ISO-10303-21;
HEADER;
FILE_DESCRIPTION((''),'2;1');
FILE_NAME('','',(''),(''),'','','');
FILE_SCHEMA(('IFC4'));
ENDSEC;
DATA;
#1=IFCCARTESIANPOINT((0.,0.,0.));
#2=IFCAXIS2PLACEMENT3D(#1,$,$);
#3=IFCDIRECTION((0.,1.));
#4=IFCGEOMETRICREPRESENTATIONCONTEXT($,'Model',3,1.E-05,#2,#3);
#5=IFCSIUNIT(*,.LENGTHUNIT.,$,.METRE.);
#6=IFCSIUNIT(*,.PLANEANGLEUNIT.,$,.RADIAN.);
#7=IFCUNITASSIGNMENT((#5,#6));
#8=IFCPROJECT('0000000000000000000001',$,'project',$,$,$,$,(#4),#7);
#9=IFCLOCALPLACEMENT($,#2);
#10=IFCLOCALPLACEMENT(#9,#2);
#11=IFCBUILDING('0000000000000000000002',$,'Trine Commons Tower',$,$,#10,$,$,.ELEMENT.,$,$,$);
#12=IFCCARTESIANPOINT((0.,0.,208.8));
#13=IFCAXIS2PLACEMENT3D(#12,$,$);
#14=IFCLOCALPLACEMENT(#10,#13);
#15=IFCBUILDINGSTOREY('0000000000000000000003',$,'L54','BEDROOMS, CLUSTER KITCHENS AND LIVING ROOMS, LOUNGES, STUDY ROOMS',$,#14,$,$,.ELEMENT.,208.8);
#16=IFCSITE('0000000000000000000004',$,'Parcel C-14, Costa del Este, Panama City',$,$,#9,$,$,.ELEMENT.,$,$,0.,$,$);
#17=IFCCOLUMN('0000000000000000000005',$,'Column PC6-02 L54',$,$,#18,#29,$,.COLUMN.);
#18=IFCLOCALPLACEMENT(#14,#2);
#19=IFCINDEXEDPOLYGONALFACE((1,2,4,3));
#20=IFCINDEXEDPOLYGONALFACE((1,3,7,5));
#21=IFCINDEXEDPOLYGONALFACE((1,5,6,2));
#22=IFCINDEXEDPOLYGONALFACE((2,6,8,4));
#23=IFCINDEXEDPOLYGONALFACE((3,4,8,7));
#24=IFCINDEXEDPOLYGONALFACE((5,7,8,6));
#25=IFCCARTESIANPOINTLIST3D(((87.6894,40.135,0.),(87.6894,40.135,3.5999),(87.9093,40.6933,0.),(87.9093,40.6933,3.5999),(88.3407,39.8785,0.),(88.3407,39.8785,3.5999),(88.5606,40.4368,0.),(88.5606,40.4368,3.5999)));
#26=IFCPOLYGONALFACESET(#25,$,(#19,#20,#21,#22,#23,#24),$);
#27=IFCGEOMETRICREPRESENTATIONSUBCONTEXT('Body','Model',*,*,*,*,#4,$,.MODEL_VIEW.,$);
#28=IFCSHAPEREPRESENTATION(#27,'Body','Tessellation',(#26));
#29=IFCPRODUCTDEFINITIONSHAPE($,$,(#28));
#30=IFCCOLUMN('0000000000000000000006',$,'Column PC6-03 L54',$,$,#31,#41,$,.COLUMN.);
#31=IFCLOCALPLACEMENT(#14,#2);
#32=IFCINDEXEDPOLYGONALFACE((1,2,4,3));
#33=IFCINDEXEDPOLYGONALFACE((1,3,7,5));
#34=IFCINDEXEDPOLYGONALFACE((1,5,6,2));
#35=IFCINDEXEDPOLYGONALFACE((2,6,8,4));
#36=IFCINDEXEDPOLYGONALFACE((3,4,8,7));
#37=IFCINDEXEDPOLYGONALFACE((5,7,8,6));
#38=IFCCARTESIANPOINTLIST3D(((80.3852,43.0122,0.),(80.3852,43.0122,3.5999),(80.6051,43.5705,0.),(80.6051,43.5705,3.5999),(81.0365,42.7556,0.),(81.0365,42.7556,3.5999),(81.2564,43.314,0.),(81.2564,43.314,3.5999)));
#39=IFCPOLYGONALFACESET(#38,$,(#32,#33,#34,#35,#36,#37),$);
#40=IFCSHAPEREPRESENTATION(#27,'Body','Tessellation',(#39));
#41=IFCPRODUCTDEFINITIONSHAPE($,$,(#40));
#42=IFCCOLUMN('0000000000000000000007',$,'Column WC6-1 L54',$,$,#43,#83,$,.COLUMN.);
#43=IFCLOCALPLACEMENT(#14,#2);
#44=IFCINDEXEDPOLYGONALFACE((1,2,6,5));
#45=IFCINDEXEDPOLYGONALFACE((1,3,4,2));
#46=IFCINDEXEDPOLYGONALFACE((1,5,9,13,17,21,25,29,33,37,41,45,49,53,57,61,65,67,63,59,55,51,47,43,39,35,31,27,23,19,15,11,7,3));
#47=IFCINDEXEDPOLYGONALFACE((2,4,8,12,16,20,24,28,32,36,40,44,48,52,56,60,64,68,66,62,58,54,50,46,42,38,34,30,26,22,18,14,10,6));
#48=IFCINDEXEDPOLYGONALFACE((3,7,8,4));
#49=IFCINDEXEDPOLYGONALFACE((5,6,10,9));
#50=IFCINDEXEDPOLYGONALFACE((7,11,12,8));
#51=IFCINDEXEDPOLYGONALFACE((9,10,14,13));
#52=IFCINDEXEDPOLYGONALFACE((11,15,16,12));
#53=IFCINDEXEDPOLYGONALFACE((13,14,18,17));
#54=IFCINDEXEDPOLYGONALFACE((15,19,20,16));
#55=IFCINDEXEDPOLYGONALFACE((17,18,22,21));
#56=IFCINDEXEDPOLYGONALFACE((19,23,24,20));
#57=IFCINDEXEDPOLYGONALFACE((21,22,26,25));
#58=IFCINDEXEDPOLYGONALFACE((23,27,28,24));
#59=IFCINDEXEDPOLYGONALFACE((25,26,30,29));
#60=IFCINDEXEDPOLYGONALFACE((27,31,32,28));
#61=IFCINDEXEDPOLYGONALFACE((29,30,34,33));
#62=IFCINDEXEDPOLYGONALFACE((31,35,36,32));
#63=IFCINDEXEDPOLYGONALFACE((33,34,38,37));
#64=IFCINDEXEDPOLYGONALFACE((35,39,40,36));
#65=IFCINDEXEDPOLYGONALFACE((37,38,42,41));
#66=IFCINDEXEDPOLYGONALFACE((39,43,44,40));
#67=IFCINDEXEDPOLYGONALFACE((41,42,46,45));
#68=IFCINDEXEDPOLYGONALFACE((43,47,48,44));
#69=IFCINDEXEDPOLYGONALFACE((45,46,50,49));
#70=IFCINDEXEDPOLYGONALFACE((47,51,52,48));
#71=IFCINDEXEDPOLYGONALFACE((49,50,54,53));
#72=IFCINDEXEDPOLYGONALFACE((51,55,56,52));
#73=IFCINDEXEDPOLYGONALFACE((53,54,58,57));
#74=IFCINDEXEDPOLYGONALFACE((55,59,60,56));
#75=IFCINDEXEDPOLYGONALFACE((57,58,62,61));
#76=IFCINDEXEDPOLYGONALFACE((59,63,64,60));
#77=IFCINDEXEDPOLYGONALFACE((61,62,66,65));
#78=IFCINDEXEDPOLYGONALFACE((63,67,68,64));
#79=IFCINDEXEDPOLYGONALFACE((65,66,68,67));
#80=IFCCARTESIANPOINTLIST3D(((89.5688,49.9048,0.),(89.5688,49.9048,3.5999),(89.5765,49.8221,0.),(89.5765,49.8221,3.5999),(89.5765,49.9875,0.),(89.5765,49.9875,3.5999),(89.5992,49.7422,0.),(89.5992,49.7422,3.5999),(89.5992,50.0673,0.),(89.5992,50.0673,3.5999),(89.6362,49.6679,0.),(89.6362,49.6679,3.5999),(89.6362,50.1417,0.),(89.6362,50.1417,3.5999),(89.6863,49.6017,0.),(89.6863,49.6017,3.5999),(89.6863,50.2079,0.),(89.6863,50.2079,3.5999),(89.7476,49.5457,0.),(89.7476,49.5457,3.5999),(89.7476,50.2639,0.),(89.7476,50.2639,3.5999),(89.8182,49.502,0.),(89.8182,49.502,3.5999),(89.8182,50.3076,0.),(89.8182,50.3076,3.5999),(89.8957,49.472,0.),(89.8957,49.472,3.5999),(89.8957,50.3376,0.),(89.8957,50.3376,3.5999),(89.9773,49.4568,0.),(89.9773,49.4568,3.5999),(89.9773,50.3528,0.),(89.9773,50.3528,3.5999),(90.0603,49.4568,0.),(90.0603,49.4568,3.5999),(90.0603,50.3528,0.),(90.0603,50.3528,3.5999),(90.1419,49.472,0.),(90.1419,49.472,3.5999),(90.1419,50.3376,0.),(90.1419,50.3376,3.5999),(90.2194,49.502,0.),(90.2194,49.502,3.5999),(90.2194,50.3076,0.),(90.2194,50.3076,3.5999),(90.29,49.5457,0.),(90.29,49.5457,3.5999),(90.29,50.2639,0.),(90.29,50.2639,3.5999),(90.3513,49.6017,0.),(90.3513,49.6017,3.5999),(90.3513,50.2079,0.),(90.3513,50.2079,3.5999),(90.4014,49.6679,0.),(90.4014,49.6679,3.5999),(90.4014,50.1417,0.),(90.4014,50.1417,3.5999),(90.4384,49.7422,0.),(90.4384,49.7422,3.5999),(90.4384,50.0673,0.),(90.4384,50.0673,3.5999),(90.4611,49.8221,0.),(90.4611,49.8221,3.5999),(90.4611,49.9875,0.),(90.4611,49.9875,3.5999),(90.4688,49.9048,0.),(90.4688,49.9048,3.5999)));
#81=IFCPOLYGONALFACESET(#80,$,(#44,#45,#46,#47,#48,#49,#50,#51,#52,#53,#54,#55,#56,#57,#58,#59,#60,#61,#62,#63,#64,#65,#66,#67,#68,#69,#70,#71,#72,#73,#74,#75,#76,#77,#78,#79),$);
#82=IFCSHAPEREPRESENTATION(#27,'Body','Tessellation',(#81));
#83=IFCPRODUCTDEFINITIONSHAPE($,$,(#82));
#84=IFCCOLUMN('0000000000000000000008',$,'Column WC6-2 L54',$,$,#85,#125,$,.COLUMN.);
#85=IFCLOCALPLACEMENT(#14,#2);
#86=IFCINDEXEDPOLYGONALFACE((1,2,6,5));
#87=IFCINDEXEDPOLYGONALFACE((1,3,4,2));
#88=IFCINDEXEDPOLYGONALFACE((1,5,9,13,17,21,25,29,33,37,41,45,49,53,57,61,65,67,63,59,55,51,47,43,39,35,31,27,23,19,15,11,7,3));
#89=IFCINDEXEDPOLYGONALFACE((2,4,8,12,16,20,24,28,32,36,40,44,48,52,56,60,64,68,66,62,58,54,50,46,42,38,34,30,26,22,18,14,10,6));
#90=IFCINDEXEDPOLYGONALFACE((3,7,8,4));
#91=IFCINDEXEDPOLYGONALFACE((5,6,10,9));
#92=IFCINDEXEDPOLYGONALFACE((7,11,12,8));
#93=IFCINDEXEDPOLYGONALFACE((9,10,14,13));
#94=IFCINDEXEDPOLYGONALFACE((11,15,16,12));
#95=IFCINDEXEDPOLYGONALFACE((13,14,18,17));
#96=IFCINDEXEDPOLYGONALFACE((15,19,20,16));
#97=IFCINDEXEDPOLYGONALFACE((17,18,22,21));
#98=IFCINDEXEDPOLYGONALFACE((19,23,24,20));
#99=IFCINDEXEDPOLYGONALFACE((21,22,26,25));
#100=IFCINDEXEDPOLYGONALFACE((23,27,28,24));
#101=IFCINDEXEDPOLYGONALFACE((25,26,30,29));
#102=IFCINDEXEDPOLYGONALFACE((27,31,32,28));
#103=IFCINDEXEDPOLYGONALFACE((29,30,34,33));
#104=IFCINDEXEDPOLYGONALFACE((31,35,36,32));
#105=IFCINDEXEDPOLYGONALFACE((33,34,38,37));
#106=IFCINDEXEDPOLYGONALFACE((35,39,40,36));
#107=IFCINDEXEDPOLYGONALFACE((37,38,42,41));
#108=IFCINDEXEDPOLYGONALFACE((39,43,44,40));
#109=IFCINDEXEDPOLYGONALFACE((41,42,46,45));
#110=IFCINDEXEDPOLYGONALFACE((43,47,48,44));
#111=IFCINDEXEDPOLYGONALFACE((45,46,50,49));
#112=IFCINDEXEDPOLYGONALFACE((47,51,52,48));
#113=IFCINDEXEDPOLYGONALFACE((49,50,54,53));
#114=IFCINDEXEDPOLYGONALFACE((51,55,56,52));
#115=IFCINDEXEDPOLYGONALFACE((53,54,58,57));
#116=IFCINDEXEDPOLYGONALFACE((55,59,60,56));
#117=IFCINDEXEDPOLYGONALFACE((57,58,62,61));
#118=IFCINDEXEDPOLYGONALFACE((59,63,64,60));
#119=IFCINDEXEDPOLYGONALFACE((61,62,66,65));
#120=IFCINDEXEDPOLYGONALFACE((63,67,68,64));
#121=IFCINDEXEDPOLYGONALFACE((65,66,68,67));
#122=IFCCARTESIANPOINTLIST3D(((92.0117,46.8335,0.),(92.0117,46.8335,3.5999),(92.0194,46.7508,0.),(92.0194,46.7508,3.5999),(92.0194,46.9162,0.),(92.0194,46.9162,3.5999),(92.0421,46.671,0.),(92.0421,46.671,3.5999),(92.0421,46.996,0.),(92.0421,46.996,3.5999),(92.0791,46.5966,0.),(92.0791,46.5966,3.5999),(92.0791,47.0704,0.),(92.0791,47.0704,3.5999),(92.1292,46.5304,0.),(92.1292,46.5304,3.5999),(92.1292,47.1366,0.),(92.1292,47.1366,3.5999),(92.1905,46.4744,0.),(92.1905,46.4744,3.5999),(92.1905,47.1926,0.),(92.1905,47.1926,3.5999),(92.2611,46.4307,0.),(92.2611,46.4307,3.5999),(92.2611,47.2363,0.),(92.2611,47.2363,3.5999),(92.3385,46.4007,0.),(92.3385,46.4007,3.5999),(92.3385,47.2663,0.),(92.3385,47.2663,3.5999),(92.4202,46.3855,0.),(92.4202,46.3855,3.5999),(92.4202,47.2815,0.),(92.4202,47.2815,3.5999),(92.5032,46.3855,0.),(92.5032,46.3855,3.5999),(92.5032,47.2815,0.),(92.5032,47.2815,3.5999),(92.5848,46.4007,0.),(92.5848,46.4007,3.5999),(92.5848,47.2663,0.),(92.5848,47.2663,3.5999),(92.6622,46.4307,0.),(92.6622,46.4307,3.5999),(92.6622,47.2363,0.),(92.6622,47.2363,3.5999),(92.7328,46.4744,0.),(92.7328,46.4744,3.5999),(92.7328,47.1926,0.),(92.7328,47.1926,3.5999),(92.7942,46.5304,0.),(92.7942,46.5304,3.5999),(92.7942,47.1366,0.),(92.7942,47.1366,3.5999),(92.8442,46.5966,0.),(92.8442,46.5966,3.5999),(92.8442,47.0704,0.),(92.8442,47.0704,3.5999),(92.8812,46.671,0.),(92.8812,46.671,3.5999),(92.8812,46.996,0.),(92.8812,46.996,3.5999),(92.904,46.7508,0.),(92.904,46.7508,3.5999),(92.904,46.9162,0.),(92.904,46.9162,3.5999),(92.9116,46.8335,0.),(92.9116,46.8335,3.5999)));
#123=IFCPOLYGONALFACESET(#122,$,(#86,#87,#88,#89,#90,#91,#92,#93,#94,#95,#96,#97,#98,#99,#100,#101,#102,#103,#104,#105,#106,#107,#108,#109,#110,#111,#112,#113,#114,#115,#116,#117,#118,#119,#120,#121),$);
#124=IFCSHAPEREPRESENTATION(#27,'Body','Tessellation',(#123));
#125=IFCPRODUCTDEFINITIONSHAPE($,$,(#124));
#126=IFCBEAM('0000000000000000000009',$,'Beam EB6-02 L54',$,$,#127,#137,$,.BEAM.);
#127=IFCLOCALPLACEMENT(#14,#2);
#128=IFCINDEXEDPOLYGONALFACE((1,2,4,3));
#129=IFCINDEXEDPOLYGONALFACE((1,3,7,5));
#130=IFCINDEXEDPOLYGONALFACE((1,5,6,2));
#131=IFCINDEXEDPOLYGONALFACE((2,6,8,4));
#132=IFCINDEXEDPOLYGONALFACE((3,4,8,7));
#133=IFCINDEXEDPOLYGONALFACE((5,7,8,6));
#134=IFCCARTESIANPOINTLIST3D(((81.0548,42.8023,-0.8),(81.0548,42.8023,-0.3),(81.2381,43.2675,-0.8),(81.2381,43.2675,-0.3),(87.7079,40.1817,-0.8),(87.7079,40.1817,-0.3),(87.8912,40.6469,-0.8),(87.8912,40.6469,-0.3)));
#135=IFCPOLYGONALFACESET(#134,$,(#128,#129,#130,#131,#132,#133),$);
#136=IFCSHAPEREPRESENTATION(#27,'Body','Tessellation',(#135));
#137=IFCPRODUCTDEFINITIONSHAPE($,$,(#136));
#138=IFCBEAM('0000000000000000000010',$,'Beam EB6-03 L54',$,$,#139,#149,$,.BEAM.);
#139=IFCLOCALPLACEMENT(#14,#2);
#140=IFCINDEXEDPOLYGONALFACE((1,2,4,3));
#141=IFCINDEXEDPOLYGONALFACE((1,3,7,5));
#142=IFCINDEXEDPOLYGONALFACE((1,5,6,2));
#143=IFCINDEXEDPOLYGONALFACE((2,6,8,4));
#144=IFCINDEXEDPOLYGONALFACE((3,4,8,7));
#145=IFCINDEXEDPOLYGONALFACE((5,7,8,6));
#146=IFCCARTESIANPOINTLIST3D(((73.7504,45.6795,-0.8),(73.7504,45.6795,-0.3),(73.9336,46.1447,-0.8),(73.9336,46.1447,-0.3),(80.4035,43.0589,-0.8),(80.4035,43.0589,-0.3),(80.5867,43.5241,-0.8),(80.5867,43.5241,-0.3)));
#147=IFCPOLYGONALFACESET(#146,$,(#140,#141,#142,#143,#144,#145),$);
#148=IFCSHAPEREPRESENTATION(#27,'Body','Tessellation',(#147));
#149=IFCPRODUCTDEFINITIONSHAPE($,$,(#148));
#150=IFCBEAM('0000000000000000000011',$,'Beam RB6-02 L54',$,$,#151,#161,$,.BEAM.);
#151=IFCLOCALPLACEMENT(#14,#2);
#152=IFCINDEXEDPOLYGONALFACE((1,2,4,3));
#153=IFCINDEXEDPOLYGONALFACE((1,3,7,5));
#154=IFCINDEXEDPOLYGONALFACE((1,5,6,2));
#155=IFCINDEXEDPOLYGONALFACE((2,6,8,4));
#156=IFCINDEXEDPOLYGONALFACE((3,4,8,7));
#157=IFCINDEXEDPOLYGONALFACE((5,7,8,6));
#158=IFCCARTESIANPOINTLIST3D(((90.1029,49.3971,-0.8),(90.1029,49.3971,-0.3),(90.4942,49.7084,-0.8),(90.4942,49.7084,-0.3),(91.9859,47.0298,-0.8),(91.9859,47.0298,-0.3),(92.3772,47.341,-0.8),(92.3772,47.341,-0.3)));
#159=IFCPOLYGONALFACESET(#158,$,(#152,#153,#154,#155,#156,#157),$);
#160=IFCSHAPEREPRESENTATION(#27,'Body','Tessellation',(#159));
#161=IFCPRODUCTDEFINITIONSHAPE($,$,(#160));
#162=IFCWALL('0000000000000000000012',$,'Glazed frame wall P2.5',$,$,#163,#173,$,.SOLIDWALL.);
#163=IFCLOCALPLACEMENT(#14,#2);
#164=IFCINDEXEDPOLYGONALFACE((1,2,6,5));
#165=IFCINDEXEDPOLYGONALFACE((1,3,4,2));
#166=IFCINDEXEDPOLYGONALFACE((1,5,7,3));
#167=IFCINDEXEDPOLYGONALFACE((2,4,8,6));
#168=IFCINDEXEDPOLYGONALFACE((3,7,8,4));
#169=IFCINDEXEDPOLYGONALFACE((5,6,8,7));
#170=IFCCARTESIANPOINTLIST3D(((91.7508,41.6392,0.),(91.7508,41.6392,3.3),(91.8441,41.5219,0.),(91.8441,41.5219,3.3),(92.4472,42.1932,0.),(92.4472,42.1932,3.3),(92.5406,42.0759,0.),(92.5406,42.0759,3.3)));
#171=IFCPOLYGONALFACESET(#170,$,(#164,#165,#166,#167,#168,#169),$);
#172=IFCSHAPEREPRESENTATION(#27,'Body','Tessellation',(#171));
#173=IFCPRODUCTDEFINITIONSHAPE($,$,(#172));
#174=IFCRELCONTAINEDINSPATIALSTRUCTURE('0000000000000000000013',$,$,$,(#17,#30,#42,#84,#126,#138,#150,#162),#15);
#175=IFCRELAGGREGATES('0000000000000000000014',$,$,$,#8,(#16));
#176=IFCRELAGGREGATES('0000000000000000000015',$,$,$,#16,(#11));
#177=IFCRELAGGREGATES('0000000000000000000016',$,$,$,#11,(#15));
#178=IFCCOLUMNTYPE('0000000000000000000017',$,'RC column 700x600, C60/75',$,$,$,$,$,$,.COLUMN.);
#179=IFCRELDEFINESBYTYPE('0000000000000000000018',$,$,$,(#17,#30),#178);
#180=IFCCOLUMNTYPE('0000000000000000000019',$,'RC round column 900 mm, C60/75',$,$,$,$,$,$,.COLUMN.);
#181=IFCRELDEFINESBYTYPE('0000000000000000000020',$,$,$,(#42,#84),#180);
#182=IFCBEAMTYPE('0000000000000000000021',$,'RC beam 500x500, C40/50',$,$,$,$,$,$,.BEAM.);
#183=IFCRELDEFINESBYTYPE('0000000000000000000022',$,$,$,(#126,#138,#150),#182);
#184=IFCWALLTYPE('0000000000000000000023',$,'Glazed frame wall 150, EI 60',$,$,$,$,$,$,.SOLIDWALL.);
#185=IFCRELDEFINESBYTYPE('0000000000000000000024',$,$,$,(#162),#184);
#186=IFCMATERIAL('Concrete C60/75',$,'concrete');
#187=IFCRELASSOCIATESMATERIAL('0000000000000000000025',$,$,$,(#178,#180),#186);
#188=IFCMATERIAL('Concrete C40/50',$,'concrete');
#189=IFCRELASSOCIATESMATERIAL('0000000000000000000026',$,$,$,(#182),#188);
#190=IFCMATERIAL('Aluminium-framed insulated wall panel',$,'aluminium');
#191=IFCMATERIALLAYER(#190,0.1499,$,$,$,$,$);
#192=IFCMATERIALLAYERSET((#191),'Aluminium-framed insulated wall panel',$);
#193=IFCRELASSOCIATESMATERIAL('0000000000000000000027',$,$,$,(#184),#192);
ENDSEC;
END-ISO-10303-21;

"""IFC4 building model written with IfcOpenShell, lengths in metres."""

from ifc_helpers import new_model, si_unit, direction, frame, origin, origin_2d, place, context, subcontext, project, spatial, polyline, rectangle, circle, outline, extrude, material, layer, layer_set, material_profile, profile_set, type_object, element, save


model = new_model("IFC4")

# Units and contexts
model_context = context("Model", 3, precision=1e-05, world=origin(), true_north=direction((0.0, 1.0)))
body_context = subcontext(model_context, "Body", "Model", "MODEL_VIEW")
ifc_project = project(units=[si_unit("LENGTHUNIT", "METRE"), si_unit("PLANEANGLEUNIT", "RADIAN")], contexts=[model_context])

# Site, building, storey
site_placement = place(None, origin())
site = spatial("IfcSite", under=ifc_project, at=site_placement, Name="Parcel C-14, Costa del Este, Panama City", CompositionType="ELEMENT", RefElevation=0.0)
building_placement = place(site_placement, origin())
building = spatial("IfcBuilding", under=site, at=building_placement, Name="Trine Commons Tower", CompositionType="ELEMENT")
storey_placement = place(building_placement, frame((0.0, 0.0, 208.8)))
storey = spatial("IfcBuildingStorey", under=building, at=storey_placement, Name="L54", Description="BEDROOMS, CLUSTER KITCHENS AND LIVING ROOMS, LOUNGES, STUDY ROOMS", CompositionType="ELEMENT", Elevation=208.8)

# Columns
ifc_material_1 = material(Name="Concrete C60/75", Category="concrete")
ifc_material_profile_1 = material_profile(ifc_material_1, rectangle(XDim=0.7, YDim=0.6001, at=origin_2d()), Name="RC 700x600")
ifc_profile_set_1 = profile_set([ifc_material_profile_1], Name="Concrete C60/75")
column_type_1 = type_object("IfcColumnType", Name="RC column 700x600, C60/75", PredefinedType="COLUMN", material=ifc_profile_set_1)
for number, where, z_axis, x_axis, name in (
    (1, (88.125, 40.2859, 0.0), (0.0, 0.0, 1.0), (-0.930418, 0.366501, 0.0), "Column PC6-02 L54"),
    (2, (80.8208, 43.1631, 0.0), (0.0, 0.0, 1.0), (-0.930418, 0.366501, 0.0), "Column PC6-03 L54"),
):
    element("IfcColumn", number, at=place(storey_placement, frame(where, z_axis=z_axis, x_axis=x_axis)), inside=storey, type_object=column_type_1, Name=name, PredefinedType="COLUMN", context=body_context, shape_type="SweptSolid", body=[
        extrude(rectangle(XDim=0.7, YDim=0.6001, at=origin_2d()), origin(), (0.0, 0.0, 1.0), 3.5999),
    ])
ifc_material_profile_2 = material_profile(ifc_material_1, circle(Radius=0.45, at=origin_2d()), Name="RC round 900")
ifc_profile_set_2 = profile_set([ifc_material_profile_2], Name="Concrete C60/75")
column_type_2 = type_object("IfcColumnType", Name="RC round column 900 mm, C60/75", PredefinedType="COLUMN", material=ifc_profile_set_2)
for number, where, z_axis, x_axis, name in (
    (3, (90.0188, 49.9048, 0.0), (0.0, 0.0, 1.0), (1.0, 0.0, 0.0), "Column WC6-1 L54"),
    (4, (92.4617, 46.8335, 0.0), (0.0, 0.0, 1.0), (1.0, 0.0, 0.0), "Column WC6-2 L54"),
):
    element("IfcColumn", number, at=place(storey_placement, frame(where, z_axis=z_axis, x_axis=x_axis)), inside=storey, type_object=column_type_2, Name=name, PredefinedType="COLUMN", context=body_context, shape_type="SweptSolid", body=[
        extrude(circle(Radius=0.45, at=origin_2d()), origin(), (0.0, 0.0, 1.0), 3.5999),
    ])

# Beams
ifc_material_2 = material(Name="Concrete C40/50", Category="concrete")
ifc_material_profile_3 = material_profile(ifc_material_2, rectangle(XDim=0.5, YDim=0.5, at=origin_2d()), Name="RC 500x500")
ifc_profile_set_3 = profile_set([ifc_material_profile_3], Name="Concrete C40/50")
beam_type = type_object("IfcBeamType", Name="RC beam 500x500, C40/50", PredefinedType="BEAM", material=ifc_profile_set_3)
for number, where, z_axis, x_axis, name in (
    (5, (87.7996, 40.4143, -0.55), (-0.930423, 0.366488, 0.0), (-0.366488, -0.930423, 0.0), "Beam EB6-02 L54"),
    (6, (80.4951, 43.2915, -0.55), (-0.930423, 0.366488, 0.0), (-0.366488, -0.930423, 0.0), "Beam EB6-03 L54"),
):
    element("IfcBeam", number, at=place(storey_placement, frame(where, z_axis=z_axis, x_axis=x_axis)), inside=storey, type_object=beam_type, Name=name, PredefinedType="BEAM", context=body_context, shape_type="SweptSolid", body=[
        extrude(rectangle(XDim=0.5, YDim=0.5, at=origin_2d()), origin(), (0.0, 0.0, 1.0), 7.1506),
    ])
beam_placement = place(storey_placement, frame((90.2986, 49.5527, -0.55), z_axis=(0.622498, -0.782622, 0.0), x_axis=(0.782622, 0.622498, 0.0)))
element("IfcBeam", 7, at=beam_placement, inside=storey, type_object=beam_type, Name="Beam RB6-02 L54", PredefinedType="BEAM", context=body_context, shape_type="SweptSolid", body=[
    extrude(rectangle(XDim=0.5, YDim=0.5, at=origin_2d()), origin(), (0.0, 0.0, 1.0), 3.0249),
])

# Wall
ifc_material_3 = material(Name="Aluminium-framed insulated wall panel", Category="aluminium")
ifc_layer_1 = layer(ifc_material_3, 0.1499)
ifc_layer_set_1 = layer_set([ifc_layer_1], Name="Aluminium-framed insulated wall panel")
wall_type_1 = type_object("IfcWallType", Name="Glazed frame wall 150, EI 60", PredefinedType="SOLIDWALL", material=ifc_layer_set_1)
wall_1_placement = place(storey_placement, frame((92.4939, 42.1345, 0.0), z_axis=(0.0, 0.0, 1.0), x_axis=(-0.782628, -0.62249, 0.0)))
element("IfcWall", 8, at=wall_1_placement, inside=storey, type_object=wall_type_1, Name="Glazed frame wall P2.5", PredefinedType="SOLIDWALL", context=body_context, shape_type="SweptSolid", body=[
    extrude(outline(polyline([(0.8899, 0.075), (0.0, 0.075), (0.0, -0.075), (0.8899, -0.075), (0.8899, 0.075)])), origin(), (0.0, 0.0, 1.0), 3.3),
])

save(model, "model.ifc")
